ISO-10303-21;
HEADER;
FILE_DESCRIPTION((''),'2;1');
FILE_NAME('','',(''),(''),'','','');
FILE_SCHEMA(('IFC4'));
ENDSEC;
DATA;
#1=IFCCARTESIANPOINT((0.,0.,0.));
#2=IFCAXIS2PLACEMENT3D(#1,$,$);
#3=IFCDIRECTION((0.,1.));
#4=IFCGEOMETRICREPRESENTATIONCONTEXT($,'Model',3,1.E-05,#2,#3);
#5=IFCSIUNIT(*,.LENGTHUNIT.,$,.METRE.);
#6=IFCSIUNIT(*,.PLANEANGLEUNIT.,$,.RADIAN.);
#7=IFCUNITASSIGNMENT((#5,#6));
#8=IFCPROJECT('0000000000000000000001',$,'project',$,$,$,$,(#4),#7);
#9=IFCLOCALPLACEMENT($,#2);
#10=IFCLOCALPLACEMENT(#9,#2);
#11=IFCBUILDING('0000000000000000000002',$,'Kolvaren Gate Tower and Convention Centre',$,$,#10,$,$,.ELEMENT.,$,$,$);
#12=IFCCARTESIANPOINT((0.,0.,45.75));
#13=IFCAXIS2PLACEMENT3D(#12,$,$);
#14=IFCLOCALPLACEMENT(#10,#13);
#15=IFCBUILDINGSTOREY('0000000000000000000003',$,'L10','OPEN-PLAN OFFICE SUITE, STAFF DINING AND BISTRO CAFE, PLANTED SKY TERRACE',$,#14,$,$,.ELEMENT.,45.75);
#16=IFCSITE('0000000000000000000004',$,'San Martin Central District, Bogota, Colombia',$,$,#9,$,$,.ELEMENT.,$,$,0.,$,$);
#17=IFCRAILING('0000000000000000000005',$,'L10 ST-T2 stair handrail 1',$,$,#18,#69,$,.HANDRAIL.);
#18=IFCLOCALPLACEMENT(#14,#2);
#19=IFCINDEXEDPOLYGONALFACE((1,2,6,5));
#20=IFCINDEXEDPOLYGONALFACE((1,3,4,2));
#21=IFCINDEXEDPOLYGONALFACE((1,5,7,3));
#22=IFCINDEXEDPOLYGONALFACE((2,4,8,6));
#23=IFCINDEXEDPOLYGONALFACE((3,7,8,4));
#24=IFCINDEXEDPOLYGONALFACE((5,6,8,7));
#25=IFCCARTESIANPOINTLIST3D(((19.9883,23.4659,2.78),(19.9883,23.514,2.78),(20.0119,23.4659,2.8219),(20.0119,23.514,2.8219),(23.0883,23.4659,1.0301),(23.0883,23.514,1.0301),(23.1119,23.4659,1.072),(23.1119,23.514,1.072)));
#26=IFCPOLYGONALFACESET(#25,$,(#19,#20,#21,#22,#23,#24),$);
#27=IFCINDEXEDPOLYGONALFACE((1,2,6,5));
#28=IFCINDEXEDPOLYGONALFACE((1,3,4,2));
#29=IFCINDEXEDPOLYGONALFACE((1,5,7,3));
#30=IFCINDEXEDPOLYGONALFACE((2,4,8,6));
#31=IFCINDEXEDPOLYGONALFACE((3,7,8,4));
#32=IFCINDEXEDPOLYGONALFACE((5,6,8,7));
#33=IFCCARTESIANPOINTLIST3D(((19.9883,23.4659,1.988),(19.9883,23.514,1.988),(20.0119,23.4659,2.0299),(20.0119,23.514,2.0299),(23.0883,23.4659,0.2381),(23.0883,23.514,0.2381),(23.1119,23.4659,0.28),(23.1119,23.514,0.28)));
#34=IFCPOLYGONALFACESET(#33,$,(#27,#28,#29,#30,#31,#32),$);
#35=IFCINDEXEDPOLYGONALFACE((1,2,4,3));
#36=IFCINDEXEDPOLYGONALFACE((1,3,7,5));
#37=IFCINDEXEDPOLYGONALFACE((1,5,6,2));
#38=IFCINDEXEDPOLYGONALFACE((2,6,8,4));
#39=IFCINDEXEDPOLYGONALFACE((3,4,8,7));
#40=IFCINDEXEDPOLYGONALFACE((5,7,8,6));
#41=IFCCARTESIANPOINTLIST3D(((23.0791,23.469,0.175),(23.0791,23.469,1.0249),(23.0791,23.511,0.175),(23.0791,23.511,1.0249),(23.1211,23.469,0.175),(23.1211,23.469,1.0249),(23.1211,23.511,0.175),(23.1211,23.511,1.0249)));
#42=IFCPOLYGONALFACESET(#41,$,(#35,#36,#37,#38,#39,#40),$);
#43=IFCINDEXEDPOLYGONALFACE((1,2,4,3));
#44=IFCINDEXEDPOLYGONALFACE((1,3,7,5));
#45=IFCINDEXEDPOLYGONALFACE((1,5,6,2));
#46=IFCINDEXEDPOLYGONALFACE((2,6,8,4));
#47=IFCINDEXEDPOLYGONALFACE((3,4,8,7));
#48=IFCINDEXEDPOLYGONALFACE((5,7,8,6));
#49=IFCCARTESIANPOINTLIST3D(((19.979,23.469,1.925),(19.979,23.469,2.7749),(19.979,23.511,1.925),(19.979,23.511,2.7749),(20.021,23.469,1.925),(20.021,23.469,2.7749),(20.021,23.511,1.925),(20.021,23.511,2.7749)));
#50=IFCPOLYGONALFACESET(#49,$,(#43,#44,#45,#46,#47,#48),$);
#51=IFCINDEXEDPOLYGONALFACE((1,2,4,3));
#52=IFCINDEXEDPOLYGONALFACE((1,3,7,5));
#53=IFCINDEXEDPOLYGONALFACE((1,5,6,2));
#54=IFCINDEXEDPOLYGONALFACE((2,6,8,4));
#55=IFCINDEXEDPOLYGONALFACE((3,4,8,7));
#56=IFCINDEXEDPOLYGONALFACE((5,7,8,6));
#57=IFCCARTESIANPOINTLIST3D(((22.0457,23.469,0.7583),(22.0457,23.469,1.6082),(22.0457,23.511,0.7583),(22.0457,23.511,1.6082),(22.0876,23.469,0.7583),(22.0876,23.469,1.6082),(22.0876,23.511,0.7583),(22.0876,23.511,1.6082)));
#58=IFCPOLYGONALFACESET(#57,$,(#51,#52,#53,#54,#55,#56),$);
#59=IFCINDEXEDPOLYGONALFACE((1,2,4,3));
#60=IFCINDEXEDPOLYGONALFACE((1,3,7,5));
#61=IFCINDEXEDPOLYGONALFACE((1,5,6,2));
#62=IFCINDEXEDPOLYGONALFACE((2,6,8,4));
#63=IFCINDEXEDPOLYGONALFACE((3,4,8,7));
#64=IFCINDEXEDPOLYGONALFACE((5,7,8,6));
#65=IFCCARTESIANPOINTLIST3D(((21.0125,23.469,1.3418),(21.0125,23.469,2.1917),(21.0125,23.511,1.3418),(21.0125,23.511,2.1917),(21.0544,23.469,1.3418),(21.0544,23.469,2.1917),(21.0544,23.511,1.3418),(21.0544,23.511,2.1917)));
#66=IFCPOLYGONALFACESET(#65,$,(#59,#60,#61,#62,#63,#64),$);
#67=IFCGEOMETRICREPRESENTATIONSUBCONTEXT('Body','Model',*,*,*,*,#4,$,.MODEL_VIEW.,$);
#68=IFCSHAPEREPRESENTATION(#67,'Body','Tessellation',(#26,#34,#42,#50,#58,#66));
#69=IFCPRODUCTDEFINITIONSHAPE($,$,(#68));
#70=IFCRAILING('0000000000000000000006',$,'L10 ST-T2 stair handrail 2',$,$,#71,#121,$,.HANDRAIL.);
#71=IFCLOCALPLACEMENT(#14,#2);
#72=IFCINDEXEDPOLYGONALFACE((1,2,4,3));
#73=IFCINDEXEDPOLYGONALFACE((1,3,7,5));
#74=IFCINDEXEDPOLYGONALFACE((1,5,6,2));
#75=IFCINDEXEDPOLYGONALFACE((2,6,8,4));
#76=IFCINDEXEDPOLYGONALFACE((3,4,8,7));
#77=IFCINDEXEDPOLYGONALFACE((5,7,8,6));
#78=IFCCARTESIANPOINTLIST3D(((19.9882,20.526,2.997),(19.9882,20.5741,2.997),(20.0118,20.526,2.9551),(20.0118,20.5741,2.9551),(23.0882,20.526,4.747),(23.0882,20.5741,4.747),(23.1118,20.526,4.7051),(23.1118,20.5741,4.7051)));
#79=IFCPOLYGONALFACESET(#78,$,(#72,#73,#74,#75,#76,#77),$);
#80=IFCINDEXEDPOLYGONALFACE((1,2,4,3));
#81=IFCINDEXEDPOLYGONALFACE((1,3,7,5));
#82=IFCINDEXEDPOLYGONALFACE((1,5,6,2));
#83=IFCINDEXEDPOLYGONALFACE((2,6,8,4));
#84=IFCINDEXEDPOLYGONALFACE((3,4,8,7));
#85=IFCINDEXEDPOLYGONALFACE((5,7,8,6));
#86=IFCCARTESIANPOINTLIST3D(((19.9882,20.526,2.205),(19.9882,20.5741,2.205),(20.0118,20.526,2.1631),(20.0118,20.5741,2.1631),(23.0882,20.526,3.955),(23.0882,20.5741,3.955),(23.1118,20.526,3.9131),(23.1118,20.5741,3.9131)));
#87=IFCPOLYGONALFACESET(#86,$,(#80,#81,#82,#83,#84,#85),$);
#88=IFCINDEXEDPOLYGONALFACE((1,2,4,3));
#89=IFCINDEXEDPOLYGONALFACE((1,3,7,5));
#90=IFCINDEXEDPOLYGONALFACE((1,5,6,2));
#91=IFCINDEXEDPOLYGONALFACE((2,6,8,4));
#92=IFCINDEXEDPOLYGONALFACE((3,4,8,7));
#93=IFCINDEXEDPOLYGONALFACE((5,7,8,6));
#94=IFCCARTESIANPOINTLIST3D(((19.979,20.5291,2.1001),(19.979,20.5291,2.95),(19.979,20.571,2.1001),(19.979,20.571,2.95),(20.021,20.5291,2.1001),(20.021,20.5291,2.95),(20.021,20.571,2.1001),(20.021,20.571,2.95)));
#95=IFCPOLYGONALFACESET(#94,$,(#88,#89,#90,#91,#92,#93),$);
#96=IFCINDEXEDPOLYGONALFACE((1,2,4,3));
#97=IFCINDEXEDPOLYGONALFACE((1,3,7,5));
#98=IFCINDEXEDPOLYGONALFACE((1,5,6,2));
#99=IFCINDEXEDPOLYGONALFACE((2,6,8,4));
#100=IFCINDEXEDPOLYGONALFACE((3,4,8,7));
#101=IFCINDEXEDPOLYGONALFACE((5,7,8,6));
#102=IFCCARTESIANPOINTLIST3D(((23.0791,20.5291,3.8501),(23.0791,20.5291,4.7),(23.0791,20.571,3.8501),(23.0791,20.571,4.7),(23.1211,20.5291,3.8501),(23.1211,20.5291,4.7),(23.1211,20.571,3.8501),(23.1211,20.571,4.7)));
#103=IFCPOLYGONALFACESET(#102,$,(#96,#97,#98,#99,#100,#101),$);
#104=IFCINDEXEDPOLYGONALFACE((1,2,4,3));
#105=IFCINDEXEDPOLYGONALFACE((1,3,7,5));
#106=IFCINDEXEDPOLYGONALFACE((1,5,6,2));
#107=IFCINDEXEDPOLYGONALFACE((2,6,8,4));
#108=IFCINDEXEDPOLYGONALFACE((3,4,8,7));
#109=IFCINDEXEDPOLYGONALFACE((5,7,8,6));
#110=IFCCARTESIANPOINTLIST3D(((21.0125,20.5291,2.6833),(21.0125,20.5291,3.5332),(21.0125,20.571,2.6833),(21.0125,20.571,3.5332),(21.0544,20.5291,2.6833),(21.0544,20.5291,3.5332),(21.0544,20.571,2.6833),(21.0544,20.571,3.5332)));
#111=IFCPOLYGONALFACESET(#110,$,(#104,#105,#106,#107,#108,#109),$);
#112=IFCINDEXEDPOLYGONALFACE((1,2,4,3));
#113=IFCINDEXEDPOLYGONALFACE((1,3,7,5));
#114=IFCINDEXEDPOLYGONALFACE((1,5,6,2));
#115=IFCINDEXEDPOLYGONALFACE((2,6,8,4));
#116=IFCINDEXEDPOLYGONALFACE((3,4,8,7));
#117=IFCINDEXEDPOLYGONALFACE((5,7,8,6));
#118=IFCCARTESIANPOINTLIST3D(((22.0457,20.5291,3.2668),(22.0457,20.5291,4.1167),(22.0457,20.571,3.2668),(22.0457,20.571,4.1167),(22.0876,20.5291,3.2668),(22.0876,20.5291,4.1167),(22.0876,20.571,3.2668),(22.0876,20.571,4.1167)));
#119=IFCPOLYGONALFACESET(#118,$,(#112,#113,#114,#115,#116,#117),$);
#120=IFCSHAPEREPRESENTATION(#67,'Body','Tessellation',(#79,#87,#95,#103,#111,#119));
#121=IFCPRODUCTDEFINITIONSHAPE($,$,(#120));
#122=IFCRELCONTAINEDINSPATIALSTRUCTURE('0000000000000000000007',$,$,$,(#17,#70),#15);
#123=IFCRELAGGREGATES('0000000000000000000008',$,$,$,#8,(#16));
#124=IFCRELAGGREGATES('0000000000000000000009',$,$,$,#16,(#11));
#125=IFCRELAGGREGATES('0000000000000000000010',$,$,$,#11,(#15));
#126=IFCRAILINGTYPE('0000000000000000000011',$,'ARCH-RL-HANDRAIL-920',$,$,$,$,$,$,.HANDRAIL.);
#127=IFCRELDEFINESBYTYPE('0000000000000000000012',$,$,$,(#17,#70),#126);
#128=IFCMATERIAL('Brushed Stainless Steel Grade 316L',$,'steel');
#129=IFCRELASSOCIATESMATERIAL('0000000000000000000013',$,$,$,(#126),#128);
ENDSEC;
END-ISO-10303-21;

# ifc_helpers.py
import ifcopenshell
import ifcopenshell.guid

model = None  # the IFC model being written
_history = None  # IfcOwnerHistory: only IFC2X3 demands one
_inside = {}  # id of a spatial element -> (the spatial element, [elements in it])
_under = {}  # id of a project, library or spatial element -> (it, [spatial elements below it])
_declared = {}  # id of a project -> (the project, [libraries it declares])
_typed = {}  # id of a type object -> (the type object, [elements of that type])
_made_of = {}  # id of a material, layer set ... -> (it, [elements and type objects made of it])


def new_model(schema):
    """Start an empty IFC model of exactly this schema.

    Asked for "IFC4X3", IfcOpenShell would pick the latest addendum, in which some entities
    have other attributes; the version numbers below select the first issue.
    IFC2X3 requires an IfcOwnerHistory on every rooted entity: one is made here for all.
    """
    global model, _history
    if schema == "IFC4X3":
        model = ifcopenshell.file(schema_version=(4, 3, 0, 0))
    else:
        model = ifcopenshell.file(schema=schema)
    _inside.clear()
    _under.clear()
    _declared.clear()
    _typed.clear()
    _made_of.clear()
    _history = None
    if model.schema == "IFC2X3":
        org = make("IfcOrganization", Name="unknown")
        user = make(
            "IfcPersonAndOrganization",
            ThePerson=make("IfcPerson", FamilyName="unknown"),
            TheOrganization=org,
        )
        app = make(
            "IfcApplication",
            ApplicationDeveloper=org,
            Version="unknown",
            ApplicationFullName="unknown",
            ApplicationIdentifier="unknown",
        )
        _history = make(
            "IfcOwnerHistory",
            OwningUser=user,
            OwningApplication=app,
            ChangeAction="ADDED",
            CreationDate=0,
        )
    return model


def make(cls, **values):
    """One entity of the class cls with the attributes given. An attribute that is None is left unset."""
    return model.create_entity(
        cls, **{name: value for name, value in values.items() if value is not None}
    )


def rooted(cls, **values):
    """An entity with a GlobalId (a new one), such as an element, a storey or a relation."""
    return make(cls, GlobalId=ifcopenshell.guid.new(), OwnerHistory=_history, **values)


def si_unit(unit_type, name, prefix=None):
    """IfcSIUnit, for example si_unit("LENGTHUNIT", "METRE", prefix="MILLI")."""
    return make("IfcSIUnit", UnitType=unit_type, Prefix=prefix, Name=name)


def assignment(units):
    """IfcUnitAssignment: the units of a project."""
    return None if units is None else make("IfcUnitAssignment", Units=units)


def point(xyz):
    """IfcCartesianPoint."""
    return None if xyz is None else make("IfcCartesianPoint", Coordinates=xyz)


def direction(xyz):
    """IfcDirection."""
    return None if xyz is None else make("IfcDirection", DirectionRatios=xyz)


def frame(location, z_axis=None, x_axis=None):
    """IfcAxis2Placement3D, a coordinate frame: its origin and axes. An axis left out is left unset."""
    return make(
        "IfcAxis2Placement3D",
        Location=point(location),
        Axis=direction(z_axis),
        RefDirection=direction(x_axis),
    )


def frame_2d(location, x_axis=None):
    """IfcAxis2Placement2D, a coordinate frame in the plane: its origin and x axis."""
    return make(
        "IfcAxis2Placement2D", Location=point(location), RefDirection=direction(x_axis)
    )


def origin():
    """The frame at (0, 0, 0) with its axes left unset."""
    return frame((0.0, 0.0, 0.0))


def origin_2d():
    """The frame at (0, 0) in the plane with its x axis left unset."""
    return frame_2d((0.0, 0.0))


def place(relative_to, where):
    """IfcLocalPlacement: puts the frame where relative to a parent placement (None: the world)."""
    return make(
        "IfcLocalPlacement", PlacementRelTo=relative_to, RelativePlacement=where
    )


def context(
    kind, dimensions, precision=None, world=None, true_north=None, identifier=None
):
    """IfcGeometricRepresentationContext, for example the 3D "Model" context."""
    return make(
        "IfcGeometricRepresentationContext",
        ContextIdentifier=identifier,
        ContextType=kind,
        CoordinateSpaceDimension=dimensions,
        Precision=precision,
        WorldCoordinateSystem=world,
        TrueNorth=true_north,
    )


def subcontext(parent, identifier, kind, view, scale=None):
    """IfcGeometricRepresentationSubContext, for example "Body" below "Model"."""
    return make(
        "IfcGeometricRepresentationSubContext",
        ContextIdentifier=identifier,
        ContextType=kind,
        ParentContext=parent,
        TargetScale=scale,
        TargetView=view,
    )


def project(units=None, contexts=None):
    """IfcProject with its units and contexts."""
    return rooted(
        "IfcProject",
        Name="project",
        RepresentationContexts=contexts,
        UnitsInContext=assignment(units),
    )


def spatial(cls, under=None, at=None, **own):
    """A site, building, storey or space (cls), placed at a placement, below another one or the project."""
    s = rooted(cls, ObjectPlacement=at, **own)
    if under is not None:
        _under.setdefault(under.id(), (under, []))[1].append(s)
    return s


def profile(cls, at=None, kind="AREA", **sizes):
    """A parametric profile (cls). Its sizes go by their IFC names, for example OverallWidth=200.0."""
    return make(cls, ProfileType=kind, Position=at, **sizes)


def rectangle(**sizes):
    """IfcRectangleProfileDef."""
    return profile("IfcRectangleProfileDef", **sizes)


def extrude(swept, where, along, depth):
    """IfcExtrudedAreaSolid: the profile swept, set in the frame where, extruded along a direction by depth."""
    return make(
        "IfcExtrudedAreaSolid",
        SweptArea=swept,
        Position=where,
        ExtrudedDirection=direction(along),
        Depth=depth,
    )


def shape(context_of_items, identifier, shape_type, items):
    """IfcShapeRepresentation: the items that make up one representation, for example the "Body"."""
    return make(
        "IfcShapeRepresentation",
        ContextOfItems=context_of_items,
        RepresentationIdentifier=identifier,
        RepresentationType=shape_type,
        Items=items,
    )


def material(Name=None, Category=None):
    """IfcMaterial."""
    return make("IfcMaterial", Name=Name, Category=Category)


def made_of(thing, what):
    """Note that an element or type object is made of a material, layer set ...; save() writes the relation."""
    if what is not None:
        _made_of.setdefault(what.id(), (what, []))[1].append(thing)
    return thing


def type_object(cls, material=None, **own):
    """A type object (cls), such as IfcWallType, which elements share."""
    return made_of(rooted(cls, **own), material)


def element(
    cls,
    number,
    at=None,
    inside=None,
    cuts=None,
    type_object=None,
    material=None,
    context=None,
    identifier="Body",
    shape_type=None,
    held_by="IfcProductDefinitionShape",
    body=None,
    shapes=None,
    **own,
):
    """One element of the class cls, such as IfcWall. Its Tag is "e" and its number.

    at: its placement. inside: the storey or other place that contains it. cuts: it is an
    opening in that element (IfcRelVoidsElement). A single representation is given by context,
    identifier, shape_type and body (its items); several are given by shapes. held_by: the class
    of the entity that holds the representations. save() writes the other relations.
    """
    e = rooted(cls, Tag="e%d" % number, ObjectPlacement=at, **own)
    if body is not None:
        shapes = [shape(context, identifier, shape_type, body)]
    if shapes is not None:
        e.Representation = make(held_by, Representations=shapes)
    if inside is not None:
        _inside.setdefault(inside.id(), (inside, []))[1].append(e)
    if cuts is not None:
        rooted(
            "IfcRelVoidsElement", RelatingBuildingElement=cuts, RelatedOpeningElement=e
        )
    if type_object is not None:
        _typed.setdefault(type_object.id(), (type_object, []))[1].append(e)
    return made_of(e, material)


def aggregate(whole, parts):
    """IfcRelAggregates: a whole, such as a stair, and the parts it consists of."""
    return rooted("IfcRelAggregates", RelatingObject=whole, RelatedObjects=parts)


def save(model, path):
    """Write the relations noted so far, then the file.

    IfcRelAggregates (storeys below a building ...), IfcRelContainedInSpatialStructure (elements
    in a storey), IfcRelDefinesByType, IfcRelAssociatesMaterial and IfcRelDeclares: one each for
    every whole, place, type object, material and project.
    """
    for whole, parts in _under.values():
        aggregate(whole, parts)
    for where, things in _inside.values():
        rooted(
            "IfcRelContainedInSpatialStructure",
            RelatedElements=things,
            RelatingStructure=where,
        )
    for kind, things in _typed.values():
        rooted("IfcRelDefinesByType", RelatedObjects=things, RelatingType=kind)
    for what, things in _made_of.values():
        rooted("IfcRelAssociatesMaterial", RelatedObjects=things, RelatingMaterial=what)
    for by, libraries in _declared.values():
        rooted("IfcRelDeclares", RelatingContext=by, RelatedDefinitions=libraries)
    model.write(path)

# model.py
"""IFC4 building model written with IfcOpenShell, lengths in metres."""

from ifc_helpers import new_model, si_unit, direction, frame, origin, origin_2d, place, context, subcontext, project, spatial, rectangle, extrude, material, type_object, element, save


model = new_model("IFC4")

# Units and contexts
model_context = context("Model", 3, precision=1e-05, world=origin(), true_north=direction((0.0, 1.0)))
body_context = subcontext(model_context, "Body", "Model", "MODEL_VIEW")
ifc_project = project(units=[si_unit("LENGTHUNIT", "METRE"), si_unit("PLANEANGLEUNIT", "RADIAN")], contexts=[model_context])

# Site, building, storey
site_placement = place(None, origin())
site = spatial("IfcSite", under=ifc_project, at=site_placement, Name="San Martin Central District, Bogota, Colombia", CompositionType="ELEMENT", RefElevation=0.0)
building_placement = place(site_placement, origin())
building = spatial("IfcBuilding", under=site, at=building_placement, Name="Kolvaren Gate Tower and Convention Centre", CompositionType="ELEMENT")
storey_placement = place(building_placement, frame((0.0, 0.0, 45.75)))
storey = spatial("IfcBuildingStorey", under=building, at=storey_placement, Name="L10", Description="OPEN-PLAN OFFICE SUITE, STAFF DINING AND BISTRO CAFE, PLANTED SKY TERRACE", CompositionType="ELEMENT", Elevation=45.75)

# Shared definitions
ifc_material_1 = material(Name="Brushed Stainless Steel Grade 316L", Category="steel")

# Railings
railing_type_1 = type_object("IfcRailingType", Name="ARCH-RL-HANDRAIL-920", PredefinedType="HANDRAIL", material=ifc_material_1)
railing_1_placement = place(storey_placement, frame((23.1001, 23.49, 0.175)))
element("IfcRailing", 1, at=railing_1_placement, inside=storey, type_object=railing_type_1, Name="L10 ST-T2 stair handrail 1", PredefinedType="HANDRAIL", context=body_context, shape_type="SweptSolid", body=[
    extrude(rectangle(XDim=0.0481, YDim=0.0481, at=origin_2d()), frame((0.0, 0.0, 0.876), z_axis=(-0.870831, 0.0, 0.491583), x_axis=(0.0, -1.0, 0.0)), (0.0, 0.0, 1.0), 3.5598),
    extrude(rectangle(XDim=0.0481, YDim=0.0481, at=origin_2d()), frame((0.0, 0.0, 0.084), z_axis=(-0.870831, 0.0, 0.491583), x_axis=(0.0, -1.0, 0.0)), (0.0, 0.0, 1.0), 3.5598),
    extrude(rectangle(XDim=0.042, YDim=0.042, at=origin_2d()), origin(), (0.0, 0.0, 1.0), 0.8499),
    extrude(rectangle(XDim=0.042, YDim=0.042, at=origin_2d()), frame((-3.1001, 0.0, 1.75)), (0.0, 0.0, 1.0), 0.8499),
    extrude(rectangle(XDim=0.042, YDim=0.042, at=origin_2d()), frame((-1.0334, 0.0, 0.5833)), (0.0, 0.0, 1.0), 0.8499),
    extrude(rectangle(XDim=0.042, YDim=0.042, at=origin_2d()), frame((-2.0667, 0.0, 1.1667)), (0.0, 0.0, 1.0), 0.8499),
])
railing_2_placement = place(storey_placement, frame((20.0, 20.55, 2.1001)))
element("IfcRailing", 2, at=railing_2_placement, inside=storey, type_object=railing_type_1, Name="L10 ST-T2 stair handrail 2", PredefinedType="HANDRAIL", context=body_context, shape_type="SweptSolid", body=[
    extrude(rectangle(XDim=0.0481, YDim=0.0481, at=origin_2d()), frame((0.0, 0.0, 0.876), z_axis=(0.870831, 0.0, 0.491583), x_axis=(0.0, 1.0, 0.0)), (0.0, 0.0, 1.0), 3.5598),
    extrude(rectangle(XDim=0.0481, YDim=0.0481, at=origin_2d()), frame((0.0, 0.0, 0.084), z_axis=(0.870831, 0.0, 0.491583), x_axis=(0.0, 1.0, 0.0)), (0.0, 0.0, 1.0), 3.5598),
    extrude(rectangle(XDim=0.042, YDim=0.042, at=origin_2d()), origin(), (0.0, 0.0, 1.0), 0.8499),
    extrude(rectangle(XDim=0.042, YDim=0.042, at=origin_2d()), frame((3.1001, 0.0, 1.75)), (0.0, 0.0, 1.0), 0.8499),
    extrude(rectangle(XDim=0.042, YDim=0.042, at=origin_2d()), frame((1.0334, 0.0, 0.5833)), (0.0, 0.0, 1.0), 0.8499),
    extrude(rectangle(XDim=0.042, YDim=0.042, at=origin_2d()), frame((2.0667, 0.0, 1.1667)), (0.0, 0.0, 1.0), 0.8499),
])

save(model, "model.ifc")
